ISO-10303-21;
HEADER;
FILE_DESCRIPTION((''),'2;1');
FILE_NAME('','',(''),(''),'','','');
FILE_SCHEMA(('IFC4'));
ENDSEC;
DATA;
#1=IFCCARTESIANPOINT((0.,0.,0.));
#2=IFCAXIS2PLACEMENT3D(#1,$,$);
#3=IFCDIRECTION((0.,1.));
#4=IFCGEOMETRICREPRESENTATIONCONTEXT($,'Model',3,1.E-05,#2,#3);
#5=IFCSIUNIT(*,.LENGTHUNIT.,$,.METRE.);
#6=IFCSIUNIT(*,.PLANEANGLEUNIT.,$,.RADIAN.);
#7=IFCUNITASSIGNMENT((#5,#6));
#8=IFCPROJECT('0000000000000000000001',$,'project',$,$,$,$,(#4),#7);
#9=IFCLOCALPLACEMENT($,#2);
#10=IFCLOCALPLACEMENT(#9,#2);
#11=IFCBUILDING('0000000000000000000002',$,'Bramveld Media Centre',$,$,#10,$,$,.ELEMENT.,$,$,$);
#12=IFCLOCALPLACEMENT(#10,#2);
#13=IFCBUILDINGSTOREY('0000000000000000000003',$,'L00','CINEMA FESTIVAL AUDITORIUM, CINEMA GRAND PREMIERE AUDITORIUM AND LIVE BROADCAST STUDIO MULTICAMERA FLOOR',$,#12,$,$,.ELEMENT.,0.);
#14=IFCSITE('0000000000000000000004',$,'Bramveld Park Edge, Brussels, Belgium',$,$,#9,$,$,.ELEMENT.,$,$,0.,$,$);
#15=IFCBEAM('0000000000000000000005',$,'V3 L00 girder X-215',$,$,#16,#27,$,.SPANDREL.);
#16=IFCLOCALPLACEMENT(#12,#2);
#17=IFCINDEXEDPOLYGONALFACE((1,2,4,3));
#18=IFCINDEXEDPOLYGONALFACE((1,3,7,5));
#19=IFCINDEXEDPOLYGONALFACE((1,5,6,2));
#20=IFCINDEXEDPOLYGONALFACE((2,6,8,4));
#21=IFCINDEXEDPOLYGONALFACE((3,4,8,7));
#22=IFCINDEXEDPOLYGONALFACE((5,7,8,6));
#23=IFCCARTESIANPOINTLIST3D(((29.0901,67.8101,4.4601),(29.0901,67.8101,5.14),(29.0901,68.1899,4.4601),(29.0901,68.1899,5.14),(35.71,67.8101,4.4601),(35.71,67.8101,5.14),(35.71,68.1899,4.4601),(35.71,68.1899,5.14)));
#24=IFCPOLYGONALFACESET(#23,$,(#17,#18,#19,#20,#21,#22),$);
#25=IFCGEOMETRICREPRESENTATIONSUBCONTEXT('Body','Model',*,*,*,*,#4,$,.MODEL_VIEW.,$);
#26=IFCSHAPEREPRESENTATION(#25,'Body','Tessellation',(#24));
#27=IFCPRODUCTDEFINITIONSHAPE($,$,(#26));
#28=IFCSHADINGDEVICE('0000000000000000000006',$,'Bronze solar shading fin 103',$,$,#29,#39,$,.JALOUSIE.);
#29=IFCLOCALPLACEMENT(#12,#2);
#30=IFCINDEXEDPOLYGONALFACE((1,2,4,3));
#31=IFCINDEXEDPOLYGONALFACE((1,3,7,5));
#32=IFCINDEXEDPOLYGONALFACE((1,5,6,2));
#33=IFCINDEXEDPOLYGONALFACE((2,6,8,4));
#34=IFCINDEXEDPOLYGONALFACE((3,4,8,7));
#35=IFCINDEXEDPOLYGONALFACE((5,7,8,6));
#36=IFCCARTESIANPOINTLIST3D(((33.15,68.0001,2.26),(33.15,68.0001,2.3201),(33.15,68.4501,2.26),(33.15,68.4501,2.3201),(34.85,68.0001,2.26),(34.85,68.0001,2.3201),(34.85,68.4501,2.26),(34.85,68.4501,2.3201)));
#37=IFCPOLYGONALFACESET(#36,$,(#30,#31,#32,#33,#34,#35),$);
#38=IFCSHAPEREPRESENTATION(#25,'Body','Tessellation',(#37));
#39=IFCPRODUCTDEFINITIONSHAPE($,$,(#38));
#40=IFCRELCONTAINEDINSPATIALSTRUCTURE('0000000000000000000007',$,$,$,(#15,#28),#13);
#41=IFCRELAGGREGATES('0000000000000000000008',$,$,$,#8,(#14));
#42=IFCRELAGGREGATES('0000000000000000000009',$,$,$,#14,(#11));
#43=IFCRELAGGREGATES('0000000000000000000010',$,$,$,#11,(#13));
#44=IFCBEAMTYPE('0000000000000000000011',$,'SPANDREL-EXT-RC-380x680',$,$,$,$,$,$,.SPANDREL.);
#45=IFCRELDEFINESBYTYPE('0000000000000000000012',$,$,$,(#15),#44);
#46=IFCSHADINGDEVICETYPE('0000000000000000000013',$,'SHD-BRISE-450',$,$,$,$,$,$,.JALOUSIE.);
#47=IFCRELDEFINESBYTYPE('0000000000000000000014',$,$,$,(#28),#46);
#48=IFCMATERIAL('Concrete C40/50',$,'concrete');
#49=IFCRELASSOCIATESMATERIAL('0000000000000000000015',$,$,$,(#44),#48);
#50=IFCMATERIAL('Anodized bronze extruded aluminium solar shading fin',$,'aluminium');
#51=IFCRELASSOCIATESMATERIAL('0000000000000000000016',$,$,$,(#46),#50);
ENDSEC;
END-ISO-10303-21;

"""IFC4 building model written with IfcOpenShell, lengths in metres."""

from ifc_helpers import new_model, si_unit, direction, frame, origin, origin_2d, place, context, subcontext, project, spatial, rectangle, extrude, material, material_profile, profile_set, type_object, element, save


model = new_model("IFC4")

# Units and contexts
model_context = context("Model", 3, precision=1e-05, world=origin(), true_north=direction((0.0, 1.0)))
body_context = subcontext(model_context, "Body", "Model", "MODEL_VIEW")
ifc_project = project(units=[si_unit("LENGTHUNIT", "METRE"), si_unit("PLANEANGLEUNIT", "RADIAN")], contexts=[model_context])

# Site, building, storey
site_placement = place(None, origin())
site = spatial("IfcSite", under=ifc_project, at=site_placement, Name="Bramveld Park Edge, Brussels, Belgium", CompositionType="ELEMENT", RefElevation=0.0)
building_placement = place(site_placement, origin())
building = spatial("IfcBuilding", under=site, at=building_placement, Name="Bramveld Media Centre", CompositionType="ELEMENT")
storey_placement = place(building_placement, origin())
storey = spatial("IfcBuildingStorey", under=building, at=storey_placement, Name="L00", Description="CINEMA FESTIVAL AUDITORIUM, CINEMA GRAND PREMIERE AUDITORIUM AND LIVE BROADCAST STUDIO MULTICAMERA FLOOR", CompositionType="ELEMENT", Elevation=0.0)

# Beam
ifc_material_1 = material(Name="Concrete C40/50", Category="concrete")
ifc_material_profile_1 = material_profile(ifc_material_1, rectangle(XDim=0.3799, YDim=0.6799, at=origin_2d()), Name="RC 380x680")
ifc_profile_set_1 = profile_set([ifc_material_profile_1], Name="Concrete C40/50")
beam_type_1 = type_object("IfcBeamType", Name="SPANDREL-EXT-RC-380x680", PredefinedType="SPANDREL", material=ifc_profile_set_1)
beam_1_placement = place(storey_placement, frame((29.0901, 68.0, 4.8), z_axis=(1.0, 0.0, 0.0), x_axis=(0.0, 1.0, 0.0)))
element("IfcBeam", 1, at=beam_1_placement, inside=storey, type_object=beam_type_1, Name="V3 L00 girder X-215", PredefinedType="SPANDREL", context=body_context, shape_type="SweptSolid", body=[
    extrude(rectangle(XDim=0.3799, YDim=0.6799, at=origin_2d()), origin(), (0.0, 0.0, 1.0), 6.6199),
])

# Shading device
ifc_material_2 = material(Name="Anodized bronze extruded aluminium solar shading fin", Category="aluminium")
shading_device_type = type_object("IfcShadingDeviceType", Name="SHD-BRISE-450", PredefinedType="JALOUSIE", material=ifc_material_2)
shading_device_placement = place(storey_placement, frame((34.0, 68.2251, 2.26), z_axis=(0.0, 0.0, 1.0), x_axis=(1.0, 0.0, 0.0)))
element("IfcShadingDevice", 2, at=shading_device_placement, inside=storey, type_object=shading_device_type, Name="Bronze solar shading fin 103", PredefinedType="JALOUSIE", context=body_context, shape_type="SweptSolid", body=[
    extrude(rectangle(XDim=1.7, YDim=0.45, at=origin_2d()), origin(), (0.0, 0.0, 1.0), 0.0601),
])

save(model, "model.ifc")
